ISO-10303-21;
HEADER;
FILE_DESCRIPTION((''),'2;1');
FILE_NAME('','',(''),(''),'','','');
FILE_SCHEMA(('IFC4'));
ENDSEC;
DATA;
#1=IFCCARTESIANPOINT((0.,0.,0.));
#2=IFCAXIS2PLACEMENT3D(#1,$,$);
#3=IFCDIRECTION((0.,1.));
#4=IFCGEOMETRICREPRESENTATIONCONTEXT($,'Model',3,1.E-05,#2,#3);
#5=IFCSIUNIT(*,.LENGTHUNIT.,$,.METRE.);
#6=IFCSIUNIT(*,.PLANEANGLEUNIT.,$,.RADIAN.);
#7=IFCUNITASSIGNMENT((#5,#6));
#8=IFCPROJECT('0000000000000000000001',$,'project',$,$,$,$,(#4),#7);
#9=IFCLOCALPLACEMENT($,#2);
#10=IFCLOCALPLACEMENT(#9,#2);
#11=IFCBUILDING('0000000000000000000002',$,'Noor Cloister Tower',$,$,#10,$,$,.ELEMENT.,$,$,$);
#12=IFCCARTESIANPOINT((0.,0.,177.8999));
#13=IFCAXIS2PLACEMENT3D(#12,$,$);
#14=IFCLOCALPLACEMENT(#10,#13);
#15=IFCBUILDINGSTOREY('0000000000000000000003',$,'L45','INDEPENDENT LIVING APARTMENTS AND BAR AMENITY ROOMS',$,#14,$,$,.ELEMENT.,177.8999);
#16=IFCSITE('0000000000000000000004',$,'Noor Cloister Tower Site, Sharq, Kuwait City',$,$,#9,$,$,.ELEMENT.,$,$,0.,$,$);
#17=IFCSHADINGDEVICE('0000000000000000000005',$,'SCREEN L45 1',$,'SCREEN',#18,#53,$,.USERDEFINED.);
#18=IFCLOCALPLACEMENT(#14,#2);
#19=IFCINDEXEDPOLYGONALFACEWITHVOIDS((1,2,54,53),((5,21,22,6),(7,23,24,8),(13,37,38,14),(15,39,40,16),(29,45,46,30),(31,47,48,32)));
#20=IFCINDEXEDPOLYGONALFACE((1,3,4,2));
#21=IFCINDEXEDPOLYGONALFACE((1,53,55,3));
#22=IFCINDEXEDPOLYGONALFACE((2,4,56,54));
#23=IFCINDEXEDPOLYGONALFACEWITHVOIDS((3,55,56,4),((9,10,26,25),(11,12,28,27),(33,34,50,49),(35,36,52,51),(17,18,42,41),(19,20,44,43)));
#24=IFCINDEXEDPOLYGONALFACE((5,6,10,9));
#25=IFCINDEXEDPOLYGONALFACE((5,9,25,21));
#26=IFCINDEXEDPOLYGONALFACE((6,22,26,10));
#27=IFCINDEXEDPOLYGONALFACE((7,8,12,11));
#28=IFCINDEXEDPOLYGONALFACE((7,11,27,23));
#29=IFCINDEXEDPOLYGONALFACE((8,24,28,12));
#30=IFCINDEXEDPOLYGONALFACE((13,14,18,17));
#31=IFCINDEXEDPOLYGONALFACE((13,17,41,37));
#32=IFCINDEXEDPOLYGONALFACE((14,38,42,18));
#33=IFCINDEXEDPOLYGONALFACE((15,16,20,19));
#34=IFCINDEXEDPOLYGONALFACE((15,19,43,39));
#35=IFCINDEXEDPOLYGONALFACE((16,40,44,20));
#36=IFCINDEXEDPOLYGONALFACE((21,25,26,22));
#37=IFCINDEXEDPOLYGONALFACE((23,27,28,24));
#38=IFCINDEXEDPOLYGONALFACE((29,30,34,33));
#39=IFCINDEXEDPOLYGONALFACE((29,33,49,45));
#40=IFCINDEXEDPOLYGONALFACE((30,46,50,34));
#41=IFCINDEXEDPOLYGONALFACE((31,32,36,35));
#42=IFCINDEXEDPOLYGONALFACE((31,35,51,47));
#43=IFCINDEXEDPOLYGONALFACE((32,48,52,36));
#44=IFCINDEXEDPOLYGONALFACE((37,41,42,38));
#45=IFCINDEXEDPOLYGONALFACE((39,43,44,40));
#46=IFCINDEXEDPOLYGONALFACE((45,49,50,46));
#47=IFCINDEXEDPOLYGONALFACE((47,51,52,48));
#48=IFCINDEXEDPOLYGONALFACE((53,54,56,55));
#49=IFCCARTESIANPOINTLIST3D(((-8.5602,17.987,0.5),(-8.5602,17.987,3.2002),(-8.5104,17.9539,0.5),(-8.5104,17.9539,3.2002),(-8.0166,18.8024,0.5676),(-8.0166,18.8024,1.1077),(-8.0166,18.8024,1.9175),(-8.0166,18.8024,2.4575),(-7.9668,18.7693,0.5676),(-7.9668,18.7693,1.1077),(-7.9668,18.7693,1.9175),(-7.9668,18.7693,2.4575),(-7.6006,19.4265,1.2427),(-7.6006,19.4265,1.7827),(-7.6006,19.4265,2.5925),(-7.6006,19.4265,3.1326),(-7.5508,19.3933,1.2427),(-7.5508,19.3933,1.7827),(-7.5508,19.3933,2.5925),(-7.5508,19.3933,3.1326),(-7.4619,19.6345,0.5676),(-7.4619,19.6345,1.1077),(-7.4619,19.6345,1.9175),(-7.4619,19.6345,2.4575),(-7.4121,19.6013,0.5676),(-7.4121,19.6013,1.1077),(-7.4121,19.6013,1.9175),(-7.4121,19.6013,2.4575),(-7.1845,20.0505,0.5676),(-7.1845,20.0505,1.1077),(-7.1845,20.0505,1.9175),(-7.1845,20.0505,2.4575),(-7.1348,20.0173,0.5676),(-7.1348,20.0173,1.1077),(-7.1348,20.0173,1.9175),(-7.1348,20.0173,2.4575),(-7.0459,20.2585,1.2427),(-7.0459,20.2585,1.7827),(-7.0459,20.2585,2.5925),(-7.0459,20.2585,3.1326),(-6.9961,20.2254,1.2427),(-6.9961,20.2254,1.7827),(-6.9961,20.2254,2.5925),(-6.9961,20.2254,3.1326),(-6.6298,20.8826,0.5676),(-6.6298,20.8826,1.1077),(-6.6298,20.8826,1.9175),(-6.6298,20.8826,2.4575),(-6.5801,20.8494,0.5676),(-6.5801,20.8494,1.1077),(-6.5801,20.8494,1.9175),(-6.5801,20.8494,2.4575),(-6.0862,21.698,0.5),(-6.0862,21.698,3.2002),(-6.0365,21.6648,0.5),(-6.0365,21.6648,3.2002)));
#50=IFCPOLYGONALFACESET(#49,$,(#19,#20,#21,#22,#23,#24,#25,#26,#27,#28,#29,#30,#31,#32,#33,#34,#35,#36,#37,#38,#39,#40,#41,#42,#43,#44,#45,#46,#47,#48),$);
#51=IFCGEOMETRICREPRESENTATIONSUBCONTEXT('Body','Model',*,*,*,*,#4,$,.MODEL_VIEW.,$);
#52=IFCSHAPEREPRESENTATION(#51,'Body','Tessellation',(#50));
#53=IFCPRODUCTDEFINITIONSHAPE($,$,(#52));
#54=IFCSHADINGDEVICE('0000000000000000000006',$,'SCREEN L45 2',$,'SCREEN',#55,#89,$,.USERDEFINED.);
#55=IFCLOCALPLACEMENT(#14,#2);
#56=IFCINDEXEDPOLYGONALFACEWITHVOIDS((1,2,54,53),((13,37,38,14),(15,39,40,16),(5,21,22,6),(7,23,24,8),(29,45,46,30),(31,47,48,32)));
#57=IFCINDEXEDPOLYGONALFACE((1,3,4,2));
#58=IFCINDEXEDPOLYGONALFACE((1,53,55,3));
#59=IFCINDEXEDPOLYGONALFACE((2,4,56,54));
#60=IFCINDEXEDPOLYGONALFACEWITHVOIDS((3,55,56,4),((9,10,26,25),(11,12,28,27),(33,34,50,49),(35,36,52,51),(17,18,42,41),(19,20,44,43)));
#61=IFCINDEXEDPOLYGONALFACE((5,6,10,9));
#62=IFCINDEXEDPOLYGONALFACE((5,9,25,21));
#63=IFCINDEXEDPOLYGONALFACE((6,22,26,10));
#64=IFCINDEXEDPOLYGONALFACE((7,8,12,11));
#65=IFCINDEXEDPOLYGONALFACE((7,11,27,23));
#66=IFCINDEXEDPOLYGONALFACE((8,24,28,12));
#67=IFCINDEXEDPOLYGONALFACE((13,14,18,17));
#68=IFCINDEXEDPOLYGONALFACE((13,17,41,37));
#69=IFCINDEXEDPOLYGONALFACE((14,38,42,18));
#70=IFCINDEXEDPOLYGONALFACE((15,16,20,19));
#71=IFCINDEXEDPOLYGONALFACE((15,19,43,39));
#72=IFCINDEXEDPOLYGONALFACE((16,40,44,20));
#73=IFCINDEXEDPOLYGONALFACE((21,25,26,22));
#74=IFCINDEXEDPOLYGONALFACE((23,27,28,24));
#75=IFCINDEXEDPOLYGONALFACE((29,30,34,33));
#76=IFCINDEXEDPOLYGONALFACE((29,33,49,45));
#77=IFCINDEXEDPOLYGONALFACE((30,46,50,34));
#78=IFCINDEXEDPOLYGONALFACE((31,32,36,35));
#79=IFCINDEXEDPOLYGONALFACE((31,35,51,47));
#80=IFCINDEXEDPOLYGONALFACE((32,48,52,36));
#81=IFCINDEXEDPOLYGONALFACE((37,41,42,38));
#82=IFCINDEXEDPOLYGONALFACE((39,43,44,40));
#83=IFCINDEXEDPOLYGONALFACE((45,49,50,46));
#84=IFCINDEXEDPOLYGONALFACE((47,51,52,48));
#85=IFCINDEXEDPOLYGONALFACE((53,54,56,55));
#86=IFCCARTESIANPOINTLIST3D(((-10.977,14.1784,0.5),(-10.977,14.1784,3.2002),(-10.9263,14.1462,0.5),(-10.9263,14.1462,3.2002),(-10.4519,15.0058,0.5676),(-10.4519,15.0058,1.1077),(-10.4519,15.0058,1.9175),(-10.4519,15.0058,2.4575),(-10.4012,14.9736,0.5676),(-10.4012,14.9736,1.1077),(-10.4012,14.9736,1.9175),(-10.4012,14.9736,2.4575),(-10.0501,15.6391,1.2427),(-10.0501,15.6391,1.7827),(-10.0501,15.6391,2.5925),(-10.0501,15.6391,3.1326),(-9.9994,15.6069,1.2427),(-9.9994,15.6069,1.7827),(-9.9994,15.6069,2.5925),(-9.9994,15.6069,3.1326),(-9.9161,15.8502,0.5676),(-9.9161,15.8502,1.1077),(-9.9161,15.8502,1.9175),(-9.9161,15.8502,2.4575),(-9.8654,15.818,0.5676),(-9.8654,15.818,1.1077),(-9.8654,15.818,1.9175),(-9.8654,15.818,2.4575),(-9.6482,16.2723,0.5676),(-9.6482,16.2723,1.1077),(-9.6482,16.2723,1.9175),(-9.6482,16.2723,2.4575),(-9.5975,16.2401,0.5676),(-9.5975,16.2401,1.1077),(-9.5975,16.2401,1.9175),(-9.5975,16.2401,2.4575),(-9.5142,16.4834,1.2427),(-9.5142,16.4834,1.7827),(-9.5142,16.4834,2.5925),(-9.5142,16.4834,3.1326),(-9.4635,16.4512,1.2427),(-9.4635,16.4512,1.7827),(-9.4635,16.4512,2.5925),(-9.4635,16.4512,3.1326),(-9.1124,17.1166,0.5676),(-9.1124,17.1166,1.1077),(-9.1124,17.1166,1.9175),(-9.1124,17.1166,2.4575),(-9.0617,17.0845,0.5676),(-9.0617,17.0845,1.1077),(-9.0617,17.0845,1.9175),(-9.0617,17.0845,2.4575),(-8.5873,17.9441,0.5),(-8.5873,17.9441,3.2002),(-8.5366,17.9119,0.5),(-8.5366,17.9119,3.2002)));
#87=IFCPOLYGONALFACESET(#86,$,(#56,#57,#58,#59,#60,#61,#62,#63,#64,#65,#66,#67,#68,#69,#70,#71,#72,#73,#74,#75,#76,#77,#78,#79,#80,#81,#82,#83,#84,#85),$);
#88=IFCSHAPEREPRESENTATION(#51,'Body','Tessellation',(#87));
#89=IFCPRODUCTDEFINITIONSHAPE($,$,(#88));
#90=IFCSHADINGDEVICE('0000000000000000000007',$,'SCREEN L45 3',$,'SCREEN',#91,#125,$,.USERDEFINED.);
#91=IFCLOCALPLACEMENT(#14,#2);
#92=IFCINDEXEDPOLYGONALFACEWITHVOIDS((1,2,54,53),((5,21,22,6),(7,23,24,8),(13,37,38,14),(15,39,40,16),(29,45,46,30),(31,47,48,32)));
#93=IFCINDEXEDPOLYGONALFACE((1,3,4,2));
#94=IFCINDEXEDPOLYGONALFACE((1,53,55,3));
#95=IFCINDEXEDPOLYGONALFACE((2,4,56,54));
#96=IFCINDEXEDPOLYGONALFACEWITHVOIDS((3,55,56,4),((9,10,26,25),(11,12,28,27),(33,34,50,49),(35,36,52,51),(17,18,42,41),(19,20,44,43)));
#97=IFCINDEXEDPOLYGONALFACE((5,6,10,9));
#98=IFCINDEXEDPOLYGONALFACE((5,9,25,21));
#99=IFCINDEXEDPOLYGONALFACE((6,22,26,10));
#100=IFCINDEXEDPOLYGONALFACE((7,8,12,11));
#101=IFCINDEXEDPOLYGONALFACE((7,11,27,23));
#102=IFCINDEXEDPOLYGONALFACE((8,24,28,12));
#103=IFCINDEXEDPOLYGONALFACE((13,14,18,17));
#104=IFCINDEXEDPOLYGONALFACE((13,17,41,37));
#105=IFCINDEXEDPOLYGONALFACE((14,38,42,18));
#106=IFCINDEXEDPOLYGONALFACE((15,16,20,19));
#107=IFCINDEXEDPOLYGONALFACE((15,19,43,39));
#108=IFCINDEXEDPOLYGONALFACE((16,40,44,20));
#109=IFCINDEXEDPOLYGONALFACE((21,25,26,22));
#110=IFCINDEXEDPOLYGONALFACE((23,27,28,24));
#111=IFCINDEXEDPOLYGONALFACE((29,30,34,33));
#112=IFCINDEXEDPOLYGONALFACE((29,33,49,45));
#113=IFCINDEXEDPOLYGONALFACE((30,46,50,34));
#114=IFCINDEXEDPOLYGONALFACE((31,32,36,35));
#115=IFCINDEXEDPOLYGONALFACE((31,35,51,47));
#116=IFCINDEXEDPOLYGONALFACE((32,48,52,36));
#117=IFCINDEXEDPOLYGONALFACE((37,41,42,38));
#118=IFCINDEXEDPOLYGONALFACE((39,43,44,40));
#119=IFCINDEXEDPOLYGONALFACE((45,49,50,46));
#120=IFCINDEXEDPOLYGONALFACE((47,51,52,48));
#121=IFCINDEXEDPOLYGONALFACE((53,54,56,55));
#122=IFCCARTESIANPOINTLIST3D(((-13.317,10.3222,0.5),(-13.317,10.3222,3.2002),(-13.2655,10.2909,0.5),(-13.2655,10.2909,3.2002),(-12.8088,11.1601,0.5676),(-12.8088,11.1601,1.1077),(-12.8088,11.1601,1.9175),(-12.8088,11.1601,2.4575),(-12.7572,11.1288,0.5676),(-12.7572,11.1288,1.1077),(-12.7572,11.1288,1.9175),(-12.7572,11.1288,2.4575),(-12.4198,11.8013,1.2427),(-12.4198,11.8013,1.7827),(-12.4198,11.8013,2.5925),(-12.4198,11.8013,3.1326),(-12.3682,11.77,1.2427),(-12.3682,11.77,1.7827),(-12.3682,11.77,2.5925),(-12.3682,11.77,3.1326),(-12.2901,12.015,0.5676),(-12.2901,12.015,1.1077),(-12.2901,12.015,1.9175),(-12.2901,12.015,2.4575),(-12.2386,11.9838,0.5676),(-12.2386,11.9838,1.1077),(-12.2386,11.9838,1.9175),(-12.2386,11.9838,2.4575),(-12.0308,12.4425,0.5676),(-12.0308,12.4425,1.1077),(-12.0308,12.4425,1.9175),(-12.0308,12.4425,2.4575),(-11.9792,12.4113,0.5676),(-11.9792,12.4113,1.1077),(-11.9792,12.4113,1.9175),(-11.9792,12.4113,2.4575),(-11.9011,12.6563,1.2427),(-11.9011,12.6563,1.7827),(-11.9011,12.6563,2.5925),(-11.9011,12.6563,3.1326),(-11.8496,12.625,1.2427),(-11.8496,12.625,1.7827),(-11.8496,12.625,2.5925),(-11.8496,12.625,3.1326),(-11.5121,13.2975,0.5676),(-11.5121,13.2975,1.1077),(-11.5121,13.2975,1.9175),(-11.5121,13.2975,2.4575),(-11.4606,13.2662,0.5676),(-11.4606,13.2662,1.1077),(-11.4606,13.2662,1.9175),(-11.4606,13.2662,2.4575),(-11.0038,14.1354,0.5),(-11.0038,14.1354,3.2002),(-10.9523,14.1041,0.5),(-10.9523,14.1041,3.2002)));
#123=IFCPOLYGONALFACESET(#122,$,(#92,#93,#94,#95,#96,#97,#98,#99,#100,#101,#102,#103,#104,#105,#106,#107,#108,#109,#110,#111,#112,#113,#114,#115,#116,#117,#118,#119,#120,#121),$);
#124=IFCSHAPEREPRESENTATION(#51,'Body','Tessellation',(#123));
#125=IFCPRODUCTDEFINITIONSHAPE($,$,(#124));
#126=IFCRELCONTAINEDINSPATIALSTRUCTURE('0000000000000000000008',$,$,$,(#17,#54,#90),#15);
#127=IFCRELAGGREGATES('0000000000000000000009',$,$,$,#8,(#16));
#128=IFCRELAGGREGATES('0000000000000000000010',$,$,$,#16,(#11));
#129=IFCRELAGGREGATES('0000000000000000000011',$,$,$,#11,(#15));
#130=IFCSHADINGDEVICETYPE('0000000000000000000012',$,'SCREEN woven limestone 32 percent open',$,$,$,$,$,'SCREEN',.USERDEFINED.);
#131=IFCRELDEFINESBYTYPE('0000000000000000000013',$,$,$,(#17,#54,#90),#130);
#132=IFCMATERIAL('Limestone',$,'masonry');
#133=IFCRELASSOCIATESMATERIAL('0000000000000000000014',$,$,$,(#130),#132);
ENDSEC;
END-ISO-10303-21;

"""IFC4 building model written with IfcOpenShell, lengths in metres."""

from ifc_helpers import new_model, si_unit, direction, frame, origin, place, context, subcontext, project, spatial, polyline, outline, extrude, material, material_profile, profile_set, type_object, element, save


model = new_model("IFC4")

# Units and contexts
model_context = context("Model", 3, precision=1e-05, world=origin(), true_north=direction((0.0, 1.0)))
body_context = subcontext(model_context, "Body", "Model", "MODEL_VIEW")
ifc_project = project(units=[si_unit("LENGTHUNIT", "METRE"), si_unit("PLANEANGLEUNIT", "RADIAN")], contexts=[model_context])

# Site, building, storey
site_placement = place(None, origin())
site = spatial("IfcSite", under=ifc_project, at=site_placement, Name="Noor Cloister Tower Site, Sharq, Kuwait City", CompositionType="ELEMENT", RefElevation=0.0)
building_placement = place(site_placement, origin())
building = spatial("IfcBuilding", under=site, at=building_placement, Name="Noor Cloister Tower", CompositionType="ELEMENT")
storey_placement = place(building_placement, frame((0.0, 0.0, 177.8999)))
storey = spatial("IfcBuildingStorey", under=building, at=storey_placement, Name="L45", Description="INDEPENDENT LIVING APARTMENTS AND BAR AMENITY ROOMS", CompositionType="ELEMENT", Elevation=177.8999)

# Shading devices
ifc_material_1 = material(Name="Limestone", Category="masonry")
ifc_material_profile_1 = material_profile(ifc_material_1, outline(polyline([(-2.23, -1.3501), (2.23, -1.3501), (2.23, 1.3501), (-2.23, 1.3501), (-2.23, -1.3501)]), holes=[polyline([(-1.25, -1.2825), (-0.25, -1.2825), (-0.25, -0.7424), (-1.25, -0.7424), (-1.25, -1.2825)]), polyline([(0.25, -1.2825), (1.25, -1.2825), (1.25, -0.7424), (0.25, -0.7424), (0.25, -1.2825)]), polyline([(-0.5, -0.6074), (0.5, -0.6074), (0.5, -0.0674), (-0.5, -0.0674), (-0.5, -0.6074)]), polyline([(-1.25, 0.0674), (-0.25, 0.0674), (-0.25, 0.6074), (-1.25, 0.6074), (-1.25, 0.0674)]), polyline([(0.25, 0.0674), (1.25, 0.0674), (1.25, 0.6074), (0.25, 0.6074), (0.25, 0.0674)]), polyline([(-0.5, 0.7424), (0.5, 0.7424), (0.5, 1.2825), (-0.5, 1.2825), (-0.5, 0.7424)])]), Name="Woven screen 32 percent open")
ifc_profile_set_1 = profile_set([ifc_material_profile_1], Name="Limestone")
shading_device_type = type_object("IfcShadingDeviceType", Name="SCREEN woven limestone 32 percent open", ElementType="SCREEN", PredefinedType="USERDEFINED", material=ifc_profile_set_1)
shading_device_1_placement = place(storey_placement, frame((-7.2734, 19.8093, 1.8501), z_axis=(-0.83205, 0.5547, 0.0), x_axis=(-0.5547, -0.83205, 0.0)))
element("IfcShadingDevice", 1, at=shading_device_1_placement, inside=storey, type_object=shading_device_type, Name="SCREEN L45 1", ObjectType="SCREEN", PredefinedType="USERDEFINED", context=body_context, shape_type="SweptSolid", body=[
    extrude(outline(polyline([(-2.23, -1.3501), (2.23, -1.3501), (2.23, 1.3501), (-2.23, 1.3501), (-2.23, -1.3501)]), holes=[polyline([(-1.25, -1.2825), (-0.25, -1.2825), (-0.25, -0.7424), (-1.25, -0.7424), (-1.25, -1.2825)]), polyline([(0.25, -1.2825), (1.25, -1.2825), (1.25, -0.7424), (0.25, -0.7424), (0.25, -1.2825)]), polyline([(-0.5, -0.6074), (0.5, -0.6074), (0.5, -0.0674), (-0.5, -0.0674), (-0.5, -0.6074)]), polyline([(-1.25, 0.0674), (-0.25, 0.0674), (-0.25, 0.6074), (-1.25, 0.6074), (-1.25, 0.0674)]), polyline([(0.25, 0.0674), (1.25, 0.0674), (1.25, 0.6074), (0.25, 0.6074), (0.25, 0.0674)]), polyline([(-0.5, 0.7424), (0.5, 0.7424), (0.5, 1.2825), (-0.5, 1.2825), (-0.5, 0.7424)])]), origin(), (0.0, 0.0, 1.0), 0.0598),
])
shading_device_2_placement = place(storey_placement, frame((-9.7314, 16.0291, 1.8501), z_axis=(-0.844329, 0.535824, 0.0), x_axis=(-0.535824, -0.844329, 0.0)))
element("IfcShadingDevice", 2, at=shading_device_2_placement, inside=storey, type_object=shading_device_type, Name="SCREEN L45 2", ObjectType="SCREEN", PredefinedType="USERDEFINED", context=body_context, shape_type="SweptSolid", body=[
    extrude(outline(polyline([(-2.23, -1.3501), (2.23, -1.3501), (2.23, 1.3501), (-2.23, 1.3501), (-2.23, -1.3501)]), holes=[polyline([(-1.25, -1.2825), (-0.25, -1.2825), (-0.25, -0.7424), (-1.25, -0.7424), (-1.25, -1.2825)]), polyline([(0.25, -1.2825), (1.25, -1.2825), (1.25, -0.7424), (0.25, -0.7424), (0.25, -1.2825)]), polyline([(-0.5, -0.6074), (0.5, -0.6074), (0.5, -0.0674), (-0.5, -0.0674), (-0.5, -0.6074)]), polyline([(-1.25, 0.0674), (-0.25, 0.0674), (-0.25, 0.6074), (-1.25, 0.6074), (-1.25, 0.0674)]), polyline([(0.25, 0.0674), (1.25, 0.0674), (1.25, 0.6074), (0.25, 0.6074), (0.25, 0.0674)]), polyline([(-0.5, 0.7424), (0.5, 0.7424), (0.5, 1.2825), (-0.5, 1.2825), (-0.5, 0.7424)])]), origin(), (0.0, 0.0, 1.0), 0.0601),
])
shading_device_3_placement = place(storey_placement, frame((-12.1089, 12.1975, 1.8501), z_axis=(-0.85498, 0.518661, 0.0), x_axis=(-0.518661, -0.85498, 0.0)))
element("IfcShadingDevice", 3, at=shading_device_3_placement, inside=storey, type_object=shading_device_type, Name="SCREEN L45 3", ObjectType="SCREEN", PredefinedType="USERDEFINED", context=body_context, shape_type="SweptSolid", body=[
    extrude(outline(polyline([(-2.23, -1.3501), (2.23, -1.3501), (2.23, 1.3501), (-2.23, 1.3501), (-2.23, -1.3501)]), holes=[polyline([(-1.25, -1.2825), (-0.25, -1.2825), (-0.25, -0.7424), (-1.25, -0.7424), (-1.25, -1.2825)]), polyline([(0.25, -1.2825), (1.25, -1.2825), (1.25, -0.7424), (0.25, -0.7424), (0.25, -1.2825)]), polyline([(-0.5, -0.6074), (0.5, -0.6074), (0.5, -0.0674), (-0.5, -0.0674), (-0.5, -0.6074)]), polyline([(-1.25, 0.0674), (-0.25, 0.0674), (-0.25, 0.6074), (-1.25, 0.6074), (-1.25, 0.0674)]), polyline([(0.25, 0.0674), (1.25, 0.0674), (1.25, 0.6074), (0.25, 0.6074), (0.25, 0.0674)]), polyline([(-0.5, 0.7424), (0.5, 0.7424), (0.5, 1.2825), (-0.5, 1.2825), (-0.5, 0.7424)])]), origin(), (0.0, 0.0, 1.0), 0.0603),
])

save(model, "model.ifc")
